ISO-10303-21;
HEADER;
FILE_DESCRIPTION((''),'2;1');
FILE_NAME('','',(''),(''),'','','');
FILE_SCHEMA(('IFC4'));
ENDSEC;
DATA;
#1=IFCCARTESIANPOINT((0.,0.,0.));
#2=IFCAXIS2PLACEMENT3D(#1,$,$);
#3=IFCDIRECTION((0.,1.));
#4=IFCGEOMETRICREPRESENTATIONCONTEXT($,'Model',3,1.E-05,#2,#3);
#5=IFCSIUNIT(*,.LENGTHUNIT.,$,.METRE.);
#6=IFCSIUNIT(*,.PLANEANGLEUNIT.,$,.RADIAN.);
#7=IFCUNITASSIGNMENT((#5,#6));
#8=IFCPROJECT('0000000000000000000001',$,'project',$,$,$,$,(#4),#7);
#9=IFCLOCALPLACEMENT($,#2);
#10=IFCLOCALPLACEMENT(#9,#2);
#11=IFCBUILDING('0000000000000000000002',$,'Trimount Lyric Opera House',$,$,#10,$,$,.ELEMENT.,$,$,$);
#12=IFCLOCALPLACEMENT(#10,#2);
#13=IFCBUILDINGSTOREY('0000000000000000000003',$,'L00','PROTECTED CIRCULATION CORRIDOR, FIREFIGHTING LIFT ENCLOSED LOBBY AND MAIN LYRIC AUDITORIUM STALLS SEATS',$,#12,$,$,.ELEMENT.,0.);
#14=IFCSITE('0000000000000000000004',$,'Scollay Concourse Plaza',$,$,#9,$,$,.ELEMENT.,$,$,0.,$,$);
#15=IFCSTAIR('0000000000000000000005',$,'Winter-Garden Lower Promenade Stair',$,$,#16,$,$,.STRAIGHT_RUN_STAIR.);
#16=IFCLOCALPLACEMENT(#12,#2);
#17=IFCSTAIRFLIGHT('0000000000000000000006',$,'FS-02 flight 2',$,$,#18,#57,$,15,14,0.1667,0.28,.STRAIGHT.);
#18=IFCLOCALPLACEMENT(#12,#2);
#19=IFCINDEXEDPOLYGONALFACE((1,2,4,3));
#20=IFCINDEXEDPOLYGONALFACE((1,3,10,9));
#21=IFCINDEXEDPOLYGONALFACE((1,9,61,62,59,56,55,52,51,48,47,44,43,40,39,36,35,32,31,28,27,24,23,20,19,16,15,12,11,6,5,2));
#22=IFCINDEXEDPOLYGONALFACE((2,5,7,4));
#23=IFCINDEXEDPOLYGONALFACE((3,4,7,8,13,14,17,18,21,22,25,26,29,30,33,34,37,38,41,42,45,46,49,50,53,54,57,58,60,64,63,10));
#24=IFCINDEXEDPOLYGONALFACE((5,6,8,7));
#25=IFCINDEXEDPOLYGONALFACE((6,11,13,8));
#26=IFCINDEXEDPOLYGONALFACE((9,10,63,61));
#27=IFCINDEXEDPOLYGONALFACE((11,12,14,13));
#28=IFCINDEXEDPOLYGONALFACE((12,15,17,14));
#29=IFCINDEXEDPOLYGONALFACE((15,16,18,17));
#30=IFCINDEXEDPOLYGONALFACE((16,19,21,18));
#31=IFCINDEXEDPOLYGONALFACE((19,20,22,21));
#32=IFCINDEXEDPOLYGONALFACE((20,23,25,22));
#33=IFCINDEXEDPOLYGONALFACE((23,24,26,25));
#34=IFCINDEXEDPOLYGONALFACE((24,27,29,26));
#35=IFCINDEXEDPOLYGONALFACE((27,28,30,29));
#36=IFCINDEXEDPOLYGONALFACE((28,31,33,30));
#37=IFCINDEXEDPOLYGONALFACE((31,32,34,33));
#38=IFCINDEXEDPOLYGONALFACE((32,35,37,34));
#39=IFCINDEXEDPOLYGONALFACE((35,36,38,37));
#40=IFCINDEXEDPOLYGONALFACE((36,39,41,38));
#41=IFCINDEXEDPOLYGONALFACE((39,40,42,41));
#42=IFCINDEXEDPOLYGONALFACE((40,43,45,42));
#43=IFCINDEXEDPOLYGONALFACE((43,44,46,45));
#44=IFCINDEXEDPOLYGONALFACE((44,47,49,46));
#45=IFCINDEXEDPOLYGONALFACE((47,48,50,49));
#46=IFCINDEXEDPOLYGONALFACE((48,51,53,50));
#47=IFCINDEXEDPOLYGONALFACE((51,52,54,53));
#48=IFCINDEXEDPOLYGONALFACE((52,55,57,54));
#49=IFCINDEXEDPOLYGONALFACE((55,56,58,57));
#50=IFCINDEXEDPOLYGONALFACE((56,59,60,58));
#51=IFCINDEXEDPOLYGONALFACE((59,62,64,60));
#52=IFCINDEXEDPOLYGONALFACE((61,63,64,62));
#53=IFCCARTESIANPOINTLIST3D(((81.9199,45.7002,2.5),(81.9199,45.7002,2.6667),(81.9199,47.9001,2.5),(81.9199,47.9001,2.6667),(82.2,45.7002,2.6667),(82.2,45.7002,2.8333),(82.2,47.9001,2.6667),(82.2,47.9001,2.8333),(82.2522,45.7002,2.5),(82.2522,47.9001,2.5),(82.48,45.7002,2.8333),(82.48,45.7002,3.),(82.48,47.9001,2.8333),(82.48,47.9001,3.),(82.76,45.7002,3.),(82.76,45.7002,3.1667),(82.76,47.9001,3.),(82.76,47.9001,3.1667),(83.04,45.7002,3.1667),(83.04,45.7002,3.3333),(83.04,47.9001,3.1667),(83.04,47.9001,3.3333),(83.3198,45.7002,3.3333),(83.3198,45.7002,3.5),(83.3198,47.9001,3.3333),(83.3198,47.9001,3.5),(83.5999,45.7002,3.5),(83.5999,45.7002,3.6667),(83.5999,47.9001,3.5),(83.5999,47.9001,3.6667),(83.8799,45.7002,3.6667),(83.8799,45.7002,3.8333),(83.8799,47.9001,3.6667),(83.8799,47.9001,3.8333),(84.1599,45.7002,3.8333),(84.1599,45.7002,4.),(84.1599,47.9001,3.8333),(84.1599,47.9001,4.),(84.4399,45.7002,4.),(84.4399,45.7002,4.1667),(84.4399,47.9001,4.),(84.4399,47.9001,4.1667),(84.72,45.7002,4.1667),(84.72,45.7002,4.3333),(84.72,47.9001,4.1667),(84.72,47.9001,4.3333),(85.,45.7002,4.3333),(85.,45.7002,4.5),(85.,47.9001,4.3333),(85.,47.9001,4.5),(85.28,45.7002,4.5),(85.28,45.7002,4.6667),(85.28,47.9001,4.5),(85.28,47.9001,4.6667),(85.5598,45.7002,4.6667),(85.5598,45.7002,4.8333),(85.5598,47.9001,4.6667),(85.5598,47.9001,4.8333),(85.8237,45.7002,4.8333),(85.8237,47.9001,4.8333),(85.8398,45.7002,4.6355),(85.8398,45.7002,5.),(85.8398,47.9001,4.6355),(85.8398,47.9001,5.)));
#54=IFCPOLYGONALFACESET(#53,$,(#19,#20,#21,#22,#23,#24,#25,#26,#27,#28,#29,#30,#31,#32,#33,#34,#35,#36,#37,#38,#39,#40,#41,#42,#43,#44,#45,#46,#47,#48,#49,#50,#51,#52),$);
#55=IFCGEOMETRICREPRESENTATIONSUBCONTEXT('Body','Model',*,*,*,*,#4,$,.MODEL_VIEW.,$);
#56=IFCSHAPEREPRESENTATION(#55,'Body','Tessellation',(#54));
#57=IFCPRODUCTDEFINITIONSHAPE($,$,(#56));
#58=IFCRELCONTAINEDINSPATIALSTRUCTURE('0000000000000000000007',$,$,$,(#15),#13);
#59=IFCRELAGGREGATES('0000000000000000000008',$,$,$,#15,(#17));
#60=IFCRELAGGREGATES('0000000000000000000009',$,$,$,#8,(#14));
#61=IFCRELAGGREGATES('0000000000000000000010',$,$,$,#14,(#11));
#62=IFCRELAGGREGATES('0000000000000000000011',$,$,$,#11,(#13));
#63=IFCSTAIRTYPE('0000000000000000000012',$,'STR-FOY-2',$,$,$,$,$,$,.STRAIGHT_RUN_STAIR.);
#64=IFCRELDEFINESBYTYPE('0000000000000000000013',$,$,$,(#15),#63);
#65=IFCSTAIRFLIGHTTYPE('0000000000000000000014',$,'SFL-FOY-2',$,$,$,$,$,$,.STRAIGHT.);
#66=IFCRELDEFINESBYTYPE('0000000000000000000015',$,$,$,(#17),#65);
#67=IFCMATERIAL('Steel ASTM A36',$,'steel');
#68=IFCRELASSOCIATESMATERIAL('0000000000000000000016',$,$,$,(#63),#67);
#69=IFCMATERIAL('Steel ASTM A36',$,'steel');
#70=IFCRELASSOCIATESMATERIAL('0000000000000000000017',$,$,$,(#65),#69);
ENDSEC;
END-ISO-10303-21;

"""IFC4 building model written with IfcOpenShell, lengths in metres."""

from ifc_helpers import new_model, si_unit, direction, frame, origin, place, context, subcontext, project, spatial, polyline, outline, extrude, material, type_object, element, aggregate, save


model = new_model("IFC4")

# Units and contexts
model_context = context("Model", 3, precision=1e-05, world=origin(), true_north=direction((0.0, 1.0)))
body_context = subcontext(model_context, "Body", "Model", "MODEL_VIEW")
ifc_project = project(units=[si_unit("LENGTHUNIT", "METRE"), si_unit("PLANEANGLEUNIT", "RADIAN")], contexts=[model_context])

# Site, building, storey
site_placement = place(None, origin())
site = spatial("IfcSite", under=ifc_project, at=site_placement, Name="Scollay Concourse Plaza", CompositionType="ELEMENT", RefElevation=0.0)
building_placement = place(site_placement, origin())
building = spatial("IfcBuilding", under=site, at=building_placement, Name="Trimount Lyric Opera House", CompositionType="ELEMENT")
storey_placement = place(building_placement, origin())
storey = spatial("IfcBuildingStorey", under=building, at=storey_placement, Name="L00", Description="PROTECTED CIRCULATION CORRIDOR, FIREFIGHTING LIFT ENCLOSED LOBBY AND MAIN LYRIC AUDITORIUM STALLS SEATS", CompositionType="ELEMENT", Elevation=0.0)

# Stair, stair flight
ifc_material_1 = material(Name="Steel ASTM A36", Category="steel")
stair_type = type_object("IfcStairType", Name="STR-FOY-2", PredefinedType="STRAIGHT_RUN_STAIR", material=ifc_material_1)
stair_placement = place(storey_placement, origin())
stair = element("IfcStair", 1, at=stair_placement, inside=storey, type_object=stair_type, Name="Winter-Garden Lower Promenade Stair", PredefinedType="STRAIGHT_RUN_STAIR")
ifc_material_2 = material(Name="Steel ASTM A36", Category="steel")
stair_flight_type = type_object("IfcStairFlightType", Name="SFL-FOY-2", PredefinedType="STRAIGHT", material=ifc_material_2)
stair_flight_placement = place(storey_placement, frame((81.9199, 46.8, 2.5), z_axis=(0.0, 0.0, 1.0), x_axis=(1.0, 0.0, 0.0)))
stair_flight = element("IfcStairFlight", 2, at=stair_flight_placement, type_object=stair_flight_type, Name="FS-02 flight 2", NumberOfRisers=15, NumberOfTreads=14, PredefinedType="STRAIGHT", RiserHeight=0.1667, TreadLength=0.28, context=body_context, shape_type="SweptSolid", body=[
    extrude(outline(polyline([(0.0, 0.0), (0.0, 0.1667), (0.28, 0.1667), (0.28, 0.3333), (0.5601, 0.3333), (0.5601, 0.5), (0.8401, 0.5), (0.8401, 0.6667), (1.1201, 0.6667), (1.1201, 0.8333), (1.3999, 0.8333), (1.3999, 1.0), (1.6799, 1.0), (1.6799, 1.1667), (1.96, 1.1667), (1.96, 1.3333), (2.24, 1.3333), (2.24, 1.5), (2.52, 1.5), (2.52, 1.6667), (2.8, 1.6667), (2.8, 1.8333), (3.0801, 1.8333), (3.0801, 2.0), (3.3601, 2.0), (3.3601, 2.1667), (3.6399, 2.1667), (3.6399, 2.3333), (3.9038, 2.3333), (3.9199, 2.5), (3.9199, 2.1355), (0.3323, 0.0), (0.0, 0.0)])), frame((0.0, 1.1001, 0.0), z_axis=(0.0, -1.0, 0.0), x_axis=(1.0, 0.0, 0.0)), (0.0, 0.0, 1.0), 2.2),
])
aggregate(stair, [stair_flight])

save(model, "model.ifc")
